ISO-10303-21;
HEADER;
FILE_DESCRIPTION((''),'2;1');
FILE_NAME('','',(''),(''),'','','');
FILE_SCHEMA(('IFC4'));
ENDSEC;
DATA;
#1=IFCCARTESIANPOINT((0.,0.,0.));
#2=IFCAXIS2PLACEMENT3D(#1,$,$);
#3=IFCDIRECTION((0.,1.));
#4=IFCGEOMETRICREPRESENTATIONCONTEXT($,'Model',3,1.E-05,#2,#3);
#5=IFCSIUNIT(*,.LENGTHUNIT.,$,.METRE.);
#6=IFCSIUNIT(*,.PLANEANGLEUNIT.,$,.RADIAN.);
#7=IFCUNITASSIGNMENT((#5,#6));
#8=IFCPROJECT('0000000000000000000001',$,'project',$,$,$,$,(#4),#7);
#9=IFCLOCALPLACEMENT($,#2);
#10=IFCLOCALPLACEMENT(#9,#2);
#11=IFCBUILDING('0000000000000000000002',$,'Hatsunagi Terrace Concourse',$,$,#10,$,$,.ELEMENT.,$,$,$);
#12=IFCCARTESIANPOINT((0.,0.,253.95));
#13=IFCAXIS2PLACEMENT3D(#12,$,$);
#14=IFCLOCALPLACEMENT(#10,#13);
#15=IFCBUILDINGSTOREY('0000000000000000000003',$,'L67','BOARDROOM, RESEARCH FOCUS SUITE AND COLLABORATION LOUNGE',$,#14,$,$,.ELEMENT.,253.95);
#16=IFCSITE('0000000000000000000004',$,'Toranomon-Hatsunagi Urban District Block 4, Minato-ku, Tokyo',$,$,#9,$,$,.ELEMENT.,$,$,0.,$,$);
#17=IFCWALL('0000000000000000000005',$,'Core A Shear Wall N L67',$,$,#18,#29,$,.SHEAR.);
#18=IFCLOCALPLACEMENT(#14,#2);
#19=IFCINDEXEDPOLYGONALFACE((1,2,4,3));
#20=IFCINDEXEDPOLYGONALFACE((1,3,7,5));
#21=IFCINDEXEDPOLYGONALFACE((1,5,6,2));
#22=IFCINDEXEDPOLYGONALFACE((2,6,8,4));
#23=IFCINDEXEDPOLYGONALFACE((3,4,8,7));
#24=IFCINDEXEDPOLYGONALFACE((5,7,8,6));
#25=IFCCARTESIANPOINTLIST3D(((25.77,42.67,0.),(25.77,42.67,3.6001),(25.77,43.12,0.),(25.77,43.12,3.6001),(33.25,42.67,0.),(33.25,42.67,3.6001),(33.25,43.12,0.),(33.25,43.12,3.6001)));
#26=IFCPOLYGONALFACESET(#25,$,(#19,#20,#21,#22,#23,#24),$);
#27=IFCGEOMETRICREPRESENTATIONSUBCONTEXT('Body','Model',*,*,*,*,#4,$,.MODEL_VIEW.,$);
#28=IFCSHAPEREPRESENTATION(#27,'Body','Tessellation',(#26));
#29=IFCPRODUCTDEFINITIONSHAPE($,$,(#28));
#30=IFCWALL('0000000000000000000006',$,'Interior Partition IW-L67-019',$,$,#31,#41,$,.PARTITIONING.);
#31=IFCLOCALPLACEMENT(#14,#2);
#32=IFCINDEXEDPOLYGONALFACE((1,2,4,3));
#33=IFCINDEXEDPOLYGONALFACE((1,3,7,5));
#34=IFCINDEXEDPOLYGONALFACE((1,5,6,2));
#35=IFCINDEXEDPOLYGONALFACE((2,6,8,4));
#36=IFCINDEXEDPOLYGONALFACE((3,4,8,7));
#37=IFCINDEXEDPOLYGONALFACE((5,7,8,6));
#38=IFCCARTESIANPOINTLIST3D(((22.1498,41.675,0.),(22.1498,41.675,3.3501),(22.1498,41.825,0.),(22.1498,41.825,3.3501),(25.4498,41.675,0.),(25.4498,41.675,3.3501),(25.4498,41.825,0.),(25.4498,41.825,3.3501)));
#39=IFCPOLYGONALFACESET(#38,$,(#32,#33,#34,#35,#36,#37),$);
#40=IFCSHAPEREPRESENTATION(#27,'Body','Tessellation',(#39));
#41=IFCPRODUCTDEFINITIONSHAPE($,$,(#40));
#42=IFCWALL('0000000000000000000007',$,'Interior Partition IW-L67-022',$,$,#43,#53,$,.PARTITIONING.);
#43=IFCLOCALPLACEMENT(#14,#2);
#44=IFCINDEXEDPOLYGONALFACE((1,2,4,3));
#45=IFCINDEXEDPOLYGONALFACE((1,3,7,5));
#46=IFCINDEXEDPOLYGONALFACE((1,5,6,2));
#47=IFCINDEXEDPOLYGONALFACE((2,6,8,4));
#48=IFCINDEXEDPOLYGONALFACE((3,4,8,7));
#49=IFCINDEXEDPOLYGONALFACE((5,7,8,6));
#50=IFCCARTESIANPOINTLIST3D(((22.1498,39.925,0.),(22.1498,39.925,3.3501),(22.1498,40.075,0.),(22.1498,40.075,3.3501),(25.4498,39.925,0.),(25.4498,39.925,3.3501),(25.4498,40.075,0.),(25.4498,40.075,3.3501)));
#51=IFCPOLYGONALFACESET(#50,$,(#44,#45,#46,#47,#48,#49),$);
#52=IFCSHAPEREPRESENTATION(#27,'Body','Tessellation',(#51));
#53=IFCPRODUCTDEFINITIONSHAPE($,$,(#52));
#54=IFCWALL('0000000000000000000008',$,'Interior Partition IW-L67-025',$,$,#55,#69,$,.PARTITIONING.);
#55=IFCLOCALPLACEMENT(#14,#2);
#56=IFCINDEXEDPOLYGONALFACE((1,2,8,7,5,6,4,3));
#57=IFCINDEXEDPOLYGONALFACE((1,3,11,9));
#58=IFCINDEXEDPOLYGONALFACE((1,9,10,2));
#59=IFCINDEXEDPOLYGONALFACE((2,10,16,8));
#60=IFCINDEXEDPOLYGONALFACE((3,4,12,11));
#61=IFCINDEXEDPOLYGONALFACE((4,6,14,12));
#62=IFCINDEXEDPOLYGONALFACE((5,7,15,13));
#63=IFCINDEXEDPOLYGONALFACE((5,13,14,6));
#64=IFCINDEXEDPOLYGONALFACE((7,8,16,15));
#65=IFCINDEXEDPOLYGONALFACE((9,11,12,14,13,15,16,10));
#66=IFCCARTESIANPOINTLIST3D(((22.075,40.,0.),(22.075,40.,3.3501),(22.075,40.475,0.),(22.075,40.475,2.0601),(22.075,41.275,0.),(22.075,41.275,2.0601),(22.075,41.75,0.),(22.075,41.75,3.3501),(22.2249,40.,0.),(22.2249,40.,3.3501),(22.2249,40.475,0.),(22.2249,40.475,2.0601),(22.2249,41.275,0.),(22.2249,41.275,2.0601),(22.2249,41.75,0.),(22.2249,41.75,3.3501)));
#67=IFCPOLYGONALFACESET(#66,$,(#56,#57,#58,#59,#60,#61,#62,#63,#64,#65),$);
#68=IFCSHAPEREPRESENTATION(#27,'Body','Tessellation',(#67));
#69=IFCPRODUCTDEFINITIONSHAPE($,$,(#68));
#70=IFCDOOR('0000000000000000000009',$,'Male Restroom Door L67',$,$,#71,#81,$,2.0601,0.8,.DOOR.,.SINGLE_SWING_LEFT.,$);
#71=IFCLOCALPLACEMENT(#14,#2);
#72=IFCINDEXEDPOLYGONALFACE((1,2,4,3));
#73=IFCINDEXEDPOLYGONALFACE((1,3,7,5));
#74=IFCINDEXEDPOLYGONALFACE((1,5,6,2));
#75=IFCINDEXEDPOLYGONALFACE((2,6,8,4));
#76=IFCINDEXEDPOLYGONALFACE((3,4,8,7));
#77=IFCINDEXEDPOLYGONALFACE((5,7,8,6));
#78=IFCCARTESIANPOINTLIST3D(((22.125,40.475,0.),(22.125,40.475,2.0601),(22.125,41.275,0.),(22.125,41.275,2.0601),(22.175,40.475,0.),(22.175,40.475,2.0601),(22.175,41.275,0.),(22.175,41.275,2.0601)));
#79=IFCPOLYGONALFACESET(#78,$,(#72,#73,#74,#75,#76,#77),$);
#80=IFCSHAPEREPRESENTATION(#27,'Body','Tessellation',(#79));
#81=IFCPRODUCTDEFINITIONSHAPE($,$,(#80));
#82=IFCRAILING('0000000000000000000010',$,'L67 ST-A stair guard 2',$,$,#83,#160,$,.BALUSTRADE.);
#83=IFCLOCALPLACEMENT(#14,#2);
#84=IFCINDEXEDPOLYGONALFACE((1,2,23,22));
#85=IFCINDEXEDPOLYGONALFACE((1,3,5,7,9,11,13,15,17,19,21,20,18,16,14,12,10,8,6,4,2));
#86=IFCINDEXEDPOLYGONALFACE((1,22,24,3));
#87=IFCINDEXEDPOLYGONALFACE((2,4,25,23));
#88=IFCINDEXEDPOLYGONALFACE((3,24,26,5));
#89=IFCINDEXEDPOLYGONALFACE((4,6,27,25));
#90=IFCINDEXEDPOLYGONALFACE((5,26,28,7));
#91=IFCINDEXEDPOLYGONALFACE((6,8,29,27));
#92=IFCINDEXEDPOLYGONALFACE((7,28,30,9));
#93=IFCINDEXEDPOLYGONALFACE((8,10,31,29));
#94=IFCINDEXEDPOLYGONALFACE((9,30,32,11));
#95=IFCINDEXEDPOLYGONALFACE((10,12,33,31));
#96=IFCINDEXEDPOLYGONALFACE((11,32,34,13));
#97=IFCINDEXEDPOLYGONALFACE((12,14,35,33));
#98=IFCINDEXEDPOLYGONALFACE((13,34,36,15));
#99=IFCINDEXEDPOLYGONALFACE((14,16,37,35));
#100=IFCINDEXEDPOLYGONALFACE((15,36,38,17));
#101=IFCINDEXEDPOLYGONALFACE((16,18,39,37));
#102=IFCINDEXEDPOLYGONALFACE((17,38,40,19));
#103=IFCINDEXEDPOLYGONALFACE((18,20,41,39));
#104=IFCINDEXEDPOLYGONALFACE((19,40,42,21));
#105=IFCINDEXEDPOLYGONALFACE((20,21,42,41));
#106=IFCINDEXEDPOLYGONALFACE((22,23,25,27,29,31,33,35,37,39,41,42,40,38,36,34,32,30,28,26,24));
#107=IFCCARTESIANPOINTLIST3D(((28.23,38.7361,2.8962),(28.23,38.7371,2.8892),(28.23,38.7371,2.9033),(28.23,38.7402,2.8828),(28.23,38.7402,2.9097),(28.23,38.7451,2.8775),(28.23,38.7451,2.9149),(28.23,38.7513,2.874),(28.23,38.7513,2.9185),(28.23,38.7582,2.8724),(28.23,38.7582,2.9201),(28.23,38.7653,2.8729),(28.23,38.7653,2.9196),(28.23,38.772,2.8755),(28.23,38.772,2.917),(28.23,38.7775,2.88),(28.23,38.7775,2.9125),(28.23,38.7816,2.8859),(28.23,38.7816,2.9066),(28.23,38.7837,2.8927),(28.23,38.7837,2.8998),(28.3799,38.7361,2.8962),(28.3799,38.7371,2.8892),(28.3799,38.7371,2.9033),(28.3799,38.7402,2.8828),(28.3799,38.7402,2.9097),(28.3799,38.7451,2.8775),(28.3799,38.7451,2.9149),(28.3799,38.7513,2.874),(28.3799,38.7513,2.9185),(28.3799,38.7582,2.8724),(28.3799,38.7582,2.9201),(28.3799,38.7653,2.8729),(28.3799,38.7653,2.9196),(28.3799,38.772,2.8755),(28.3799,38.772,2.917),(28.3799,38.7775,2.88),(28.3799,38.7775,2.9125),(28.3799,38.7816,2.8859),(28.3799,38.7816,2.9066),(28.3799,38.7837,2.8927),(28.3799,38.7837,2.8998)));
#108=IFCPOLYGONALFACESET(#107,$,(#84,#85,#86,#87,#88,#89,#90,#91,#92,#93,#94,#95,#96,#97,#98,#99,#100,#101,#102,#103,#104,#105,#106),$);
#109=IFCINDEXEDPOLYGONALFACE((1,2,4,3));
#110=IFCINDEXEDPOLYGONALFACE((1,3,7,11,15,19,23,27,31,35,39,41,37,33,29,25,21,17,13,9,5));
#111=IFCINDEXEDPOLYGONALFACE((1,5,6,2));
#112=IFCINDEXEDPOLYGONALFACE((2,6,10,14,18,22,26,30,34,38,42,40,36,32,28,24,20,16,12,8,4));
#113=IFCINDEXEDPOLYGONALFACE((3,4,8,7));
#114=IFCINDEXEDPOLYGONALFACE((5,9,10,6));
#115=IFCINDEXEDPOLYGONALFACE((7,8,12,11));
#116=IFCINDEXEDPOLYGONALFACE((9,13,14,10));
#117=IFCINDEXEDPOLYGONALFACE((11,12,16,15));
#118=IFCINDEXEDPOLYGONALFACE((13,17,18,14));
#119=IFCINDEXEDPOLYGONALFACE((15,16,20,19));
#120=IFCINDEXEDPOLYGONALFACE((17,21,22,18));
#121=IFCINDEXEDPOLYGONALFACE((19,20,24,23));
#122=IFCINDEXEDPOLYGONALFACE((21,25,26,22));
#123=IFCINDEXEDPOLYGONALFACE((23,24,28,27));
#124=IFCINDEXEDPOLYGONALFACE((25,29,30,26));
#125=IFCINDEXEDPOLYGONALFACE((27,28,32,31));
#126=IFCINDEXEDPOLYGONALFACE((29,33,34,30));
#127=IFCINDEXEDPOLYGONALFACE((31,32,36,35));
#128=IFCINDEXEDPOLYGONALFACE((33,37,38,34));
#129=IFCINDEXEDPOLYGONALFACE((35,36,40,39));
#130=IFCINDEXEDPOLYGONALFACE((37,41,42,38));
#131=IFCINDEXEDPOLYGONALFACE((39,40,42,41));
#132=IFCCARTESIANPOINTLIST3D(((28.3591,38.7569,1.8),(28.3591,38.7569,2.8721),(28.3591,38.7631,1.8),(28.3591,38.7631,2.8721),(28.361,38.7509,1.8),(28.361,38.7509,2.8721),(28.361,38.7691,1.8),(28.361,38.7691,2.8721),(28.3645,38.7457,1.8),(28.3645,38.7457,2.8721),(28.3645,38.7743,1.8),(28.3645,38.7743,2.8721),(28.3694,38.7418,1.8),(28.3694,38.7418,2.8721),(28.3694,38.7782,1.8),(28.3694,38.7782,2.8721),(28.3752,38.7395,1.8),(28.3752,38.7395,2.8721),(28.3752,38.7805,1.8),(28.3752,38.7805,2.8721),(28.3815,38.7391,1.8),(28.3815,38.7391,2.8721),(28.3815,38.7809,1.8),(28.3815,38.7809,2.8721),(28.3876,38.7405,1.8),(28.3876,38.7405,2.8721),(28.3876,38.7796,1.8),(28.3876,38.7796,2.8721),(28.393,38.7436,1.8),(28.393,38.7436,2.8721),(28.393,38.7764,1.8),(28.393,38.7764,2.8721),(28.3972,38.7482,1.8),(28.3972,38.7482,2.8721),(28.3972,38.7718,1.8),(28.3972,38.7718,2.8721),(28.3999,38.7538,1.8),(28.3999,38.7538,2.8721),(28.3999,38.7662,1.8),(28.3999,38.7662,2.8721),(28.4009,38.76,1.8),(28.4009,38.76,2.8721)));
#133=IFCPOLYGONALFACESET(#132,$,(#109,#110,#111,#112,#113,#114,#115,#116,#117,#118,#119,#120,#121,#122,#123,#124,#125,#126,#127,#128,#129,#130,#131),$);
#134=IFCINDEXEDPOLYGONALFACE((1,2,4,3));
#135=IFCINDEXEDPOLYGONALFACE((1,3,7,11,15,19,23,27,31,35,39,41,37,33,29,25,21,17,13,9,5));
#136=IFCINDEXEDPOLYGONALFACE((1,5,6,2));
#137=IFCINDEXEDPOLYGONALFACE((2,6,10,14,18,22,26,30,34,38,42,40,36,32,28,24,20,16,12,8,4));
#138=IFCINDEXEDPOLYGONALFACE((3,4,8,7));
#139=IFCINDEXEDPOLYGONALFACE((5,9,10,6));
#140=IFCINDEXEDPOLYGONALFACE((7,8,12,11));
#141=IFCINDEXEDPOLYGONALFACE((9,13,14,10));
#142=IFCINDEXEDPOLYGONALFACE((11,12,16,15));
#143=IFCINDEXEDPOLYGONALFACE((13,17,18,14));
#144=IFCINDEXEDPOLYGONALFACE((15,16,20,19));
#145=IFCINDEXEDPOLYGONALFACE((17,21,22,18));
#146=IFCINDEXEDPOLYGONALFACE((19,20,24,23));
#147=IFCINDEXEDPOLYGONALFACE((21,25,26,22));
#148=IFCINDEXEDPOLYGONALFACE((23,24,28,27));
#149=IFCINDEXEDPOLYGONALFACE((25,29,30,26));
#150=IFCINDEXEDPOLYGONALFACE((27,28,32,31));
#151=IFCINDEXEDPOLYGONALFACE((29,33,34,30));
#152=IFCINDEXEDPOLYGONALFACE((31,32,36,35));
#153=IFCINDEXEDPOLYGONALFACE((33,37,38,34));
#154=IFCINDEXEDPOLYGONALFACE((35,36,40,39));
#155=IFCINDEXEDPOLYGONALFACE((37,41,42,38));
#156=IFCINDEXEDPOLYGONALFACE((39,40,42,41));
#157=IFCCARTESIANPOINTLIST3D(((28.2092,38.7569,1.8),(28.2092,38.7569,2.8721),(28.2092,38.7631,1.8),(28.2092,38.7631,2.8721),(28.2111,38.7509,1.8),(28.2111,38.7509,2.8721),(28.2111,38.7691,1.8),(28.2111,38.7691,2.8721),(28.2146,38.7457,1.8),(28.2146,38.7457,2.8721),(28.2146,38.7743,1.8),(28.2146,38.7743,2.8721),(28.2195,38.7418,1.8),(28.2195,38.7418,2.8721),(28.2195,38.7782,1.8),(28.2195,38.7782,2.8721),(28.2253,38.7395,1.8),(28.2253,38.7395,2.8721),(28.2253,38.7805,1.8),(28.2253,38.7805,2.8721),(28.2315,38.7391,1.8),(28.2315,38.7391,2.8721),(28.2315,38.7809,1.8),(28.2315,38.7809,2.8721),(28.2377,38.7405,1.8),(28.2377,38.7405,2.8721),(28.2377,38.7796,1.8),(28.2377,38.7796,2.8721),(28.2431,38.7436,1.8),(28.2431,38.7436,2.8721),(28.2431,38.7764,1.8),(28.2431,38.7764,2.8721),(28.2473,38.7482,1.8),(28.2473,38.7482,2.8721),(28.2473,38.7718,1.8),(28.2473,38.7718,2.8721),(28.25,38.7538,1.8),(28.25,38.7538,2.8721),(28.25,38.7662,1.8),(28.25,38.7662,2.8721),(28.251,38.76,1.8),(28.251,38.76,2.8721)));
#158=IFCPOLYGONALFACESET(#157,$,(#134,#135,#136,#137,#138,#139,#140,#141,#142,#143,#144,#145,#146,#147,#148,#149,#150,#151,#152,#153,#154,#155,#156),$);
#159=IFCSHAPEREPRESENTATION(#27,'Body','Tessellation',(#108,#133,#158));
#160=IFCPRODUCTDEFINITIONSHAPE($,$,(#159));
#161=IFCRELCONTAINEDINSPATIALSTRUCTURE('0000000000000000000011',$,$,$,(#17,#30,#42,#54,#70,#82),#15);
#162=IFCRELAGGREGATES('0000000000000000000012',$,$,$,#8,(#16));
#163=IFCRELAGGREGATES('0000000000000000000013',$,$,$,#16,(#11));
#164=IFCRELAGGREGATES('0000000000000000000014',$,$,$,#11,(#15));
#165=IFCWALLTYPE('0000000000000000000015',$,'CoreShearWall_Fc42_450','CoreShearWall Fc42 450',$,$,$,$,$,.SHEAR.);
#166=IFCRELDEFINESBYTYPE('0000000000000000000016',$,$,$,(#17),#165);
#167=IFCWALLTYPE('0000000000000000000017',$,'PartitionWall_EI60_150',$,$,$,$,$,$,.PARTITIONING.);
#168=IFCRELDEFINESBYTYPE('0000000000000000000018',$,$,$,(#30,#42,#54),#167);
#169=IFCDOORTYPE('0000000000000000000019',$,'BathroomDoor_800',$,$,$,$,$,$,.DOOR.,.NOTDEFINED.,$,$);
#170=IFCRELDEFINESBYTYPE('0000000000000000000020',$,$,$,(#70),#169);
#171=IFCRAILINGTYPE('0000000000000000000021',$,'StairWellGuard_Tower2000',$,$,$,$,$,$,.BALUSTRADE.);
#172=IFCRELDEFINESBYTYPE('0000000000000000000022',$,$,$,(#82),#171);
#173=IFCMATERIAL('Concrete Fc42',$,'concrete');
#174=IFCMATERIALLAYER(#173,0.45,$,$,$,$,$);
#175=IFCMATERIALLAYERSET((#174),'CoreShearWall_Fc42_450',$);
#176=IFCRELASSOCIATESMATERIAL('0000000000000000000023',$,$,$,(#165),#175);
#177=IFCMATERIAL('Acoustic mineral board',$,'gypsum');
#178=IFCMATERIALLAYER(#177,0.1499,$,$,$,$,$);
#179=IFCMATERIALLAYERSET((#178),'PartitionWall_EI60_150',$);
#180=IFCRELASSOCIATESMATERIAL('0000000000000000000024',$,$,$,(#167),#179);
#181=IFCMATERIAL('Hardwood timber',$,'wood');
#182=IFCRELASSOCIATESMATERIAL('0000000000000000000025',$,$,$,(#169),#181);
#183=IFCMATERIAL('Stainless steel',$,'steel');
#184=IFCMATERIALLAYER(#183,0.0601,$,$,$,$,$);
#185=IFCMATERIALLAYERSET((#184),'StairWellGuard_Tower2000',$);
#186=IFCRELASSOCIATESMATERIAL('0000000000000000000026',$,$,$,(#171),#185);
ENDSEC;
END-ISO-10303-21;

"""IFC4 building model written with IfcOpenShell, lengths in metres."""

from ifc_helpers import new_model, si_unit, direction, frame, frame_2d, origin, origin_2d, place, context, subcontext, project, spatial, rectangle, circle, extrude, material, layer, layer_set, type_object, element, fill, save


model = new_model("IFC4")

# Units and contexts
model_context = context("Model", 3, precision=1e-05, world=origin(), true_north=direction((0.0, 1.0)))
body_context = subcontext(model_context, "Body", "Model", "MODEL_VIEW")
ifc_project = project(units=[si_unit("LENGTHUNIT", "METRE"), si_unit("PLANEANGLEUNIT", "RADIAN")], contexts=[model_context])

# Site, building, storey
site_placement = place(None, origin())
site = spatial("IfcSite", under=ifc_project, at=site_placement, Name="Toranomon-Hatsunagi Urban District Block 4, Minato-ku, Tokyo", CompositionType="ELEMENT", RefElevation=0.0)
building_placement = place(site_placement, origin())
building = spatial("IfcBuilding", under=site, at=building_placement, Name="Hatsunagi Terrace Concourse", CompositionType="ELEMENT")
storey_placement = place(building_placement, frame((0.0, 0.0, 253.95)))
storey = spatial("IfcBuildingStorey", under=building, at=storey_placement, Name="L67", Description="BOARDROOM, RESEARCH FOCUS SUITE AND COLLABORATION LOUNGE", CompositionType="ELEMENT", Elevation=253.95)

# Walls
ifc_material_1 = material(Name="Concrete Fc42", Category="concrete")
ifc_layer_1 = layer(ifc_material_1, 0.45)
ifc_layer_set_1 = layer_set([ifc_layer_1], Name="CoreShearWall_Fc42_450")
wall_type_1 = type_object("IfcWallType", Name="CoreShearWall_Fc42_450", Description="CoreShearWall Fc42 450", PredefinedType="SHEAR", material=ifc_layer_set_1)
wall_1_placement = place(storey_placement, frame((25.77, 42.895, 0.0), z_axis=(0.0, 0.0, 1.0), x_axis=(1.0, 0.0, 0.0)))
element("IfcWall", 1, at=wall_1_placement, inside=storey, type_object=wall_type_1, Name="Core A Shear Wall N L67", PredefinedType="SHEAR", context=body_context, shape_type="SweptSolid", body=[
    extrude(rectangle(XDim=7.48, YDim=0.45, at=frame_2d((3.74, 0.0))), origin(), (0.0, 0.0, 1.0), 3.6001),
])
ifc_material_2 = material(Name="Acoustic mineral board", Category="gypsum")
ifc_layer_2 = layer(ifc_material_2, 0.1499)
ifc_layer_set_2 = layer_set([ifc_layer_2], Name="PartitionWall_EI60_150")
wall_type_2 = type_object("IfcWallType", Name="PartitionWall_EI60_150", PredefinedType="PARTITIONING", material=ifc_layer_set_2)
for number, where, z_axis, x_axis, name in (
    (2, (22.1499, 41.75, 0.0), (0.0, 0.0, 1.0), (1.0, 0.0, 0.0), "Interior Partition IW-L67-019"),
    (3, (22.1499, 40.0, 0.0), (0.0, 0.0, 1.0), (1.0, 0.0, 0.0), "Interior Partition IW-L67-022"),
):
    element("IfcWall", number, at=place(storey_placement, frame(where, z_axis=z_axis, x_axis=x_axis)), inside=storey, type_object=wall_type_2, Name=name, PredefinedType="PARTITIONING", context=body_context, shape_type="SweptSolid", body=[
        extrude(rectangle(XDim=3.3, YDim=0.1499, at=frame_2d((1.6499, 0.0))), origin(), (0.0, 0.0, 1.0), 3.3501),
    ])

# Wall, opening, door
wall_2_placement = place(storey_placement, frame((22.1499, 40.0, 0.0), z_axis=(0.0, 0.0, 1.0), x_axis=(0.0, 1.0, 0.0)))
wall_2 = element("IfcWall", 4, at=wall_2_placement, inside=storey, type_object=wall_type_2, Name="Interior Partition IW-L67-025", PredefinedType="PARTITIONING", context=body_context, shape_type="SweptSolid", body=[
    extrude(rectangle(XDim=1.75, YDim=0.1499, at=frame_2d((0.875, 0.0))), origin(), (0.0, 0.0, 1.0), 3.3501),
])
opening_placement = place(wall_2_placement, frame((0.4751, 0.0, 0.0)))
opening = element("IfcOpeningElement", 5, at=opening_placement, cuts=wall_2, PredefinedType="OPENING", context=body_context, shape_type="SweptSolid", body=[
    extrude(rectangle(XDim=0.8, YDim=2.0601, at=frame_2d((0.3999, 1.03))), frame((0.0, 0.085, 0.0), z_axis=(0.0, -1.0, 0.0), x_axis=(1.0, 0.0, 0.0)), (0.0, 0.0, 1.0), 0.1699),
])
ifc_material_3 = material(Name="Hardwood timber", Category="wood")
door_type = type_object("IfcDoorType", Name="BathroomDoor_800", OperationType="NOTDEFINED", PredefinedType="DOOR", material=ifc_material_3)
door_placement = place(opening_placement, origin())
door = element("IfcDoor", 6, at=door_placement, inside=storey, type_object=door_type, Name="Male Restroom Door L67", OperationType="SINGLE_SWING_LEFT", OverallHeight=2.0601, OverallWidth=0.8, PredefinedType="DOOR", context=body_context, shape_type="SweptSolid", body=[
    extrude(rectangle(XDim=0.8, YDim=2.0601, at=frame_2d((0.3999, 1.03))), frame((0.0, 0.0249, 0.0), z_axis=(0.0, -1.0, 0.0), x_axis=(1.0, 0.0, 0.0)), (0.0, 0.0, 1.0), 0.05),
])
fill(opening, door)

# Railing
ifc_material_4 = material(Name="Stainless steel", Category="steel")
ifc_layer_3 = layer(ifc_material_4, 0.0601)
ifc_layer_set_3 = layer_set([ifc_layer_3], Name="StairWellGuard_Tower2000")
railing_type = type_object("IfcRailingType", Name="StairWellGuard_Tower2000", PredefinedType="BALUSTRADE", material=ifc_layer_set_3)
railing_1_placement = place(storey_placement, frame((28.3799, 38.76, 1.8)))
element("IfcRailing", 7, at=railing_1_placement, inside=storey, type_object=railing_type, Name="L67 ST-A stair guard 2", PredefinedType="BALUSTRADE", context=body_context, shape_type="SweptSolid", body=[
    extrude(circle(Radius=0.0239, at=origin_2d()), frame((0.0, 0.0, 1.0962), z_axis=(-1.0, 0.0, 0.0), x_axis=(0.0, -1.0, 0.0)), (0.0, 0.0, 1.0), 0.1499),
    extrude(circle(Radius=0.021, at=origin_2d()), origin(), (0.0, 0.0, 1.0), 1.072),
    extrude(circle(Radius=0.021, at=origin_2d()), frame((-0.1499, 0.0, 0.0)), (0.0, 0.0, 1.0), 1.072),
])

save(model, "model.ifc")
